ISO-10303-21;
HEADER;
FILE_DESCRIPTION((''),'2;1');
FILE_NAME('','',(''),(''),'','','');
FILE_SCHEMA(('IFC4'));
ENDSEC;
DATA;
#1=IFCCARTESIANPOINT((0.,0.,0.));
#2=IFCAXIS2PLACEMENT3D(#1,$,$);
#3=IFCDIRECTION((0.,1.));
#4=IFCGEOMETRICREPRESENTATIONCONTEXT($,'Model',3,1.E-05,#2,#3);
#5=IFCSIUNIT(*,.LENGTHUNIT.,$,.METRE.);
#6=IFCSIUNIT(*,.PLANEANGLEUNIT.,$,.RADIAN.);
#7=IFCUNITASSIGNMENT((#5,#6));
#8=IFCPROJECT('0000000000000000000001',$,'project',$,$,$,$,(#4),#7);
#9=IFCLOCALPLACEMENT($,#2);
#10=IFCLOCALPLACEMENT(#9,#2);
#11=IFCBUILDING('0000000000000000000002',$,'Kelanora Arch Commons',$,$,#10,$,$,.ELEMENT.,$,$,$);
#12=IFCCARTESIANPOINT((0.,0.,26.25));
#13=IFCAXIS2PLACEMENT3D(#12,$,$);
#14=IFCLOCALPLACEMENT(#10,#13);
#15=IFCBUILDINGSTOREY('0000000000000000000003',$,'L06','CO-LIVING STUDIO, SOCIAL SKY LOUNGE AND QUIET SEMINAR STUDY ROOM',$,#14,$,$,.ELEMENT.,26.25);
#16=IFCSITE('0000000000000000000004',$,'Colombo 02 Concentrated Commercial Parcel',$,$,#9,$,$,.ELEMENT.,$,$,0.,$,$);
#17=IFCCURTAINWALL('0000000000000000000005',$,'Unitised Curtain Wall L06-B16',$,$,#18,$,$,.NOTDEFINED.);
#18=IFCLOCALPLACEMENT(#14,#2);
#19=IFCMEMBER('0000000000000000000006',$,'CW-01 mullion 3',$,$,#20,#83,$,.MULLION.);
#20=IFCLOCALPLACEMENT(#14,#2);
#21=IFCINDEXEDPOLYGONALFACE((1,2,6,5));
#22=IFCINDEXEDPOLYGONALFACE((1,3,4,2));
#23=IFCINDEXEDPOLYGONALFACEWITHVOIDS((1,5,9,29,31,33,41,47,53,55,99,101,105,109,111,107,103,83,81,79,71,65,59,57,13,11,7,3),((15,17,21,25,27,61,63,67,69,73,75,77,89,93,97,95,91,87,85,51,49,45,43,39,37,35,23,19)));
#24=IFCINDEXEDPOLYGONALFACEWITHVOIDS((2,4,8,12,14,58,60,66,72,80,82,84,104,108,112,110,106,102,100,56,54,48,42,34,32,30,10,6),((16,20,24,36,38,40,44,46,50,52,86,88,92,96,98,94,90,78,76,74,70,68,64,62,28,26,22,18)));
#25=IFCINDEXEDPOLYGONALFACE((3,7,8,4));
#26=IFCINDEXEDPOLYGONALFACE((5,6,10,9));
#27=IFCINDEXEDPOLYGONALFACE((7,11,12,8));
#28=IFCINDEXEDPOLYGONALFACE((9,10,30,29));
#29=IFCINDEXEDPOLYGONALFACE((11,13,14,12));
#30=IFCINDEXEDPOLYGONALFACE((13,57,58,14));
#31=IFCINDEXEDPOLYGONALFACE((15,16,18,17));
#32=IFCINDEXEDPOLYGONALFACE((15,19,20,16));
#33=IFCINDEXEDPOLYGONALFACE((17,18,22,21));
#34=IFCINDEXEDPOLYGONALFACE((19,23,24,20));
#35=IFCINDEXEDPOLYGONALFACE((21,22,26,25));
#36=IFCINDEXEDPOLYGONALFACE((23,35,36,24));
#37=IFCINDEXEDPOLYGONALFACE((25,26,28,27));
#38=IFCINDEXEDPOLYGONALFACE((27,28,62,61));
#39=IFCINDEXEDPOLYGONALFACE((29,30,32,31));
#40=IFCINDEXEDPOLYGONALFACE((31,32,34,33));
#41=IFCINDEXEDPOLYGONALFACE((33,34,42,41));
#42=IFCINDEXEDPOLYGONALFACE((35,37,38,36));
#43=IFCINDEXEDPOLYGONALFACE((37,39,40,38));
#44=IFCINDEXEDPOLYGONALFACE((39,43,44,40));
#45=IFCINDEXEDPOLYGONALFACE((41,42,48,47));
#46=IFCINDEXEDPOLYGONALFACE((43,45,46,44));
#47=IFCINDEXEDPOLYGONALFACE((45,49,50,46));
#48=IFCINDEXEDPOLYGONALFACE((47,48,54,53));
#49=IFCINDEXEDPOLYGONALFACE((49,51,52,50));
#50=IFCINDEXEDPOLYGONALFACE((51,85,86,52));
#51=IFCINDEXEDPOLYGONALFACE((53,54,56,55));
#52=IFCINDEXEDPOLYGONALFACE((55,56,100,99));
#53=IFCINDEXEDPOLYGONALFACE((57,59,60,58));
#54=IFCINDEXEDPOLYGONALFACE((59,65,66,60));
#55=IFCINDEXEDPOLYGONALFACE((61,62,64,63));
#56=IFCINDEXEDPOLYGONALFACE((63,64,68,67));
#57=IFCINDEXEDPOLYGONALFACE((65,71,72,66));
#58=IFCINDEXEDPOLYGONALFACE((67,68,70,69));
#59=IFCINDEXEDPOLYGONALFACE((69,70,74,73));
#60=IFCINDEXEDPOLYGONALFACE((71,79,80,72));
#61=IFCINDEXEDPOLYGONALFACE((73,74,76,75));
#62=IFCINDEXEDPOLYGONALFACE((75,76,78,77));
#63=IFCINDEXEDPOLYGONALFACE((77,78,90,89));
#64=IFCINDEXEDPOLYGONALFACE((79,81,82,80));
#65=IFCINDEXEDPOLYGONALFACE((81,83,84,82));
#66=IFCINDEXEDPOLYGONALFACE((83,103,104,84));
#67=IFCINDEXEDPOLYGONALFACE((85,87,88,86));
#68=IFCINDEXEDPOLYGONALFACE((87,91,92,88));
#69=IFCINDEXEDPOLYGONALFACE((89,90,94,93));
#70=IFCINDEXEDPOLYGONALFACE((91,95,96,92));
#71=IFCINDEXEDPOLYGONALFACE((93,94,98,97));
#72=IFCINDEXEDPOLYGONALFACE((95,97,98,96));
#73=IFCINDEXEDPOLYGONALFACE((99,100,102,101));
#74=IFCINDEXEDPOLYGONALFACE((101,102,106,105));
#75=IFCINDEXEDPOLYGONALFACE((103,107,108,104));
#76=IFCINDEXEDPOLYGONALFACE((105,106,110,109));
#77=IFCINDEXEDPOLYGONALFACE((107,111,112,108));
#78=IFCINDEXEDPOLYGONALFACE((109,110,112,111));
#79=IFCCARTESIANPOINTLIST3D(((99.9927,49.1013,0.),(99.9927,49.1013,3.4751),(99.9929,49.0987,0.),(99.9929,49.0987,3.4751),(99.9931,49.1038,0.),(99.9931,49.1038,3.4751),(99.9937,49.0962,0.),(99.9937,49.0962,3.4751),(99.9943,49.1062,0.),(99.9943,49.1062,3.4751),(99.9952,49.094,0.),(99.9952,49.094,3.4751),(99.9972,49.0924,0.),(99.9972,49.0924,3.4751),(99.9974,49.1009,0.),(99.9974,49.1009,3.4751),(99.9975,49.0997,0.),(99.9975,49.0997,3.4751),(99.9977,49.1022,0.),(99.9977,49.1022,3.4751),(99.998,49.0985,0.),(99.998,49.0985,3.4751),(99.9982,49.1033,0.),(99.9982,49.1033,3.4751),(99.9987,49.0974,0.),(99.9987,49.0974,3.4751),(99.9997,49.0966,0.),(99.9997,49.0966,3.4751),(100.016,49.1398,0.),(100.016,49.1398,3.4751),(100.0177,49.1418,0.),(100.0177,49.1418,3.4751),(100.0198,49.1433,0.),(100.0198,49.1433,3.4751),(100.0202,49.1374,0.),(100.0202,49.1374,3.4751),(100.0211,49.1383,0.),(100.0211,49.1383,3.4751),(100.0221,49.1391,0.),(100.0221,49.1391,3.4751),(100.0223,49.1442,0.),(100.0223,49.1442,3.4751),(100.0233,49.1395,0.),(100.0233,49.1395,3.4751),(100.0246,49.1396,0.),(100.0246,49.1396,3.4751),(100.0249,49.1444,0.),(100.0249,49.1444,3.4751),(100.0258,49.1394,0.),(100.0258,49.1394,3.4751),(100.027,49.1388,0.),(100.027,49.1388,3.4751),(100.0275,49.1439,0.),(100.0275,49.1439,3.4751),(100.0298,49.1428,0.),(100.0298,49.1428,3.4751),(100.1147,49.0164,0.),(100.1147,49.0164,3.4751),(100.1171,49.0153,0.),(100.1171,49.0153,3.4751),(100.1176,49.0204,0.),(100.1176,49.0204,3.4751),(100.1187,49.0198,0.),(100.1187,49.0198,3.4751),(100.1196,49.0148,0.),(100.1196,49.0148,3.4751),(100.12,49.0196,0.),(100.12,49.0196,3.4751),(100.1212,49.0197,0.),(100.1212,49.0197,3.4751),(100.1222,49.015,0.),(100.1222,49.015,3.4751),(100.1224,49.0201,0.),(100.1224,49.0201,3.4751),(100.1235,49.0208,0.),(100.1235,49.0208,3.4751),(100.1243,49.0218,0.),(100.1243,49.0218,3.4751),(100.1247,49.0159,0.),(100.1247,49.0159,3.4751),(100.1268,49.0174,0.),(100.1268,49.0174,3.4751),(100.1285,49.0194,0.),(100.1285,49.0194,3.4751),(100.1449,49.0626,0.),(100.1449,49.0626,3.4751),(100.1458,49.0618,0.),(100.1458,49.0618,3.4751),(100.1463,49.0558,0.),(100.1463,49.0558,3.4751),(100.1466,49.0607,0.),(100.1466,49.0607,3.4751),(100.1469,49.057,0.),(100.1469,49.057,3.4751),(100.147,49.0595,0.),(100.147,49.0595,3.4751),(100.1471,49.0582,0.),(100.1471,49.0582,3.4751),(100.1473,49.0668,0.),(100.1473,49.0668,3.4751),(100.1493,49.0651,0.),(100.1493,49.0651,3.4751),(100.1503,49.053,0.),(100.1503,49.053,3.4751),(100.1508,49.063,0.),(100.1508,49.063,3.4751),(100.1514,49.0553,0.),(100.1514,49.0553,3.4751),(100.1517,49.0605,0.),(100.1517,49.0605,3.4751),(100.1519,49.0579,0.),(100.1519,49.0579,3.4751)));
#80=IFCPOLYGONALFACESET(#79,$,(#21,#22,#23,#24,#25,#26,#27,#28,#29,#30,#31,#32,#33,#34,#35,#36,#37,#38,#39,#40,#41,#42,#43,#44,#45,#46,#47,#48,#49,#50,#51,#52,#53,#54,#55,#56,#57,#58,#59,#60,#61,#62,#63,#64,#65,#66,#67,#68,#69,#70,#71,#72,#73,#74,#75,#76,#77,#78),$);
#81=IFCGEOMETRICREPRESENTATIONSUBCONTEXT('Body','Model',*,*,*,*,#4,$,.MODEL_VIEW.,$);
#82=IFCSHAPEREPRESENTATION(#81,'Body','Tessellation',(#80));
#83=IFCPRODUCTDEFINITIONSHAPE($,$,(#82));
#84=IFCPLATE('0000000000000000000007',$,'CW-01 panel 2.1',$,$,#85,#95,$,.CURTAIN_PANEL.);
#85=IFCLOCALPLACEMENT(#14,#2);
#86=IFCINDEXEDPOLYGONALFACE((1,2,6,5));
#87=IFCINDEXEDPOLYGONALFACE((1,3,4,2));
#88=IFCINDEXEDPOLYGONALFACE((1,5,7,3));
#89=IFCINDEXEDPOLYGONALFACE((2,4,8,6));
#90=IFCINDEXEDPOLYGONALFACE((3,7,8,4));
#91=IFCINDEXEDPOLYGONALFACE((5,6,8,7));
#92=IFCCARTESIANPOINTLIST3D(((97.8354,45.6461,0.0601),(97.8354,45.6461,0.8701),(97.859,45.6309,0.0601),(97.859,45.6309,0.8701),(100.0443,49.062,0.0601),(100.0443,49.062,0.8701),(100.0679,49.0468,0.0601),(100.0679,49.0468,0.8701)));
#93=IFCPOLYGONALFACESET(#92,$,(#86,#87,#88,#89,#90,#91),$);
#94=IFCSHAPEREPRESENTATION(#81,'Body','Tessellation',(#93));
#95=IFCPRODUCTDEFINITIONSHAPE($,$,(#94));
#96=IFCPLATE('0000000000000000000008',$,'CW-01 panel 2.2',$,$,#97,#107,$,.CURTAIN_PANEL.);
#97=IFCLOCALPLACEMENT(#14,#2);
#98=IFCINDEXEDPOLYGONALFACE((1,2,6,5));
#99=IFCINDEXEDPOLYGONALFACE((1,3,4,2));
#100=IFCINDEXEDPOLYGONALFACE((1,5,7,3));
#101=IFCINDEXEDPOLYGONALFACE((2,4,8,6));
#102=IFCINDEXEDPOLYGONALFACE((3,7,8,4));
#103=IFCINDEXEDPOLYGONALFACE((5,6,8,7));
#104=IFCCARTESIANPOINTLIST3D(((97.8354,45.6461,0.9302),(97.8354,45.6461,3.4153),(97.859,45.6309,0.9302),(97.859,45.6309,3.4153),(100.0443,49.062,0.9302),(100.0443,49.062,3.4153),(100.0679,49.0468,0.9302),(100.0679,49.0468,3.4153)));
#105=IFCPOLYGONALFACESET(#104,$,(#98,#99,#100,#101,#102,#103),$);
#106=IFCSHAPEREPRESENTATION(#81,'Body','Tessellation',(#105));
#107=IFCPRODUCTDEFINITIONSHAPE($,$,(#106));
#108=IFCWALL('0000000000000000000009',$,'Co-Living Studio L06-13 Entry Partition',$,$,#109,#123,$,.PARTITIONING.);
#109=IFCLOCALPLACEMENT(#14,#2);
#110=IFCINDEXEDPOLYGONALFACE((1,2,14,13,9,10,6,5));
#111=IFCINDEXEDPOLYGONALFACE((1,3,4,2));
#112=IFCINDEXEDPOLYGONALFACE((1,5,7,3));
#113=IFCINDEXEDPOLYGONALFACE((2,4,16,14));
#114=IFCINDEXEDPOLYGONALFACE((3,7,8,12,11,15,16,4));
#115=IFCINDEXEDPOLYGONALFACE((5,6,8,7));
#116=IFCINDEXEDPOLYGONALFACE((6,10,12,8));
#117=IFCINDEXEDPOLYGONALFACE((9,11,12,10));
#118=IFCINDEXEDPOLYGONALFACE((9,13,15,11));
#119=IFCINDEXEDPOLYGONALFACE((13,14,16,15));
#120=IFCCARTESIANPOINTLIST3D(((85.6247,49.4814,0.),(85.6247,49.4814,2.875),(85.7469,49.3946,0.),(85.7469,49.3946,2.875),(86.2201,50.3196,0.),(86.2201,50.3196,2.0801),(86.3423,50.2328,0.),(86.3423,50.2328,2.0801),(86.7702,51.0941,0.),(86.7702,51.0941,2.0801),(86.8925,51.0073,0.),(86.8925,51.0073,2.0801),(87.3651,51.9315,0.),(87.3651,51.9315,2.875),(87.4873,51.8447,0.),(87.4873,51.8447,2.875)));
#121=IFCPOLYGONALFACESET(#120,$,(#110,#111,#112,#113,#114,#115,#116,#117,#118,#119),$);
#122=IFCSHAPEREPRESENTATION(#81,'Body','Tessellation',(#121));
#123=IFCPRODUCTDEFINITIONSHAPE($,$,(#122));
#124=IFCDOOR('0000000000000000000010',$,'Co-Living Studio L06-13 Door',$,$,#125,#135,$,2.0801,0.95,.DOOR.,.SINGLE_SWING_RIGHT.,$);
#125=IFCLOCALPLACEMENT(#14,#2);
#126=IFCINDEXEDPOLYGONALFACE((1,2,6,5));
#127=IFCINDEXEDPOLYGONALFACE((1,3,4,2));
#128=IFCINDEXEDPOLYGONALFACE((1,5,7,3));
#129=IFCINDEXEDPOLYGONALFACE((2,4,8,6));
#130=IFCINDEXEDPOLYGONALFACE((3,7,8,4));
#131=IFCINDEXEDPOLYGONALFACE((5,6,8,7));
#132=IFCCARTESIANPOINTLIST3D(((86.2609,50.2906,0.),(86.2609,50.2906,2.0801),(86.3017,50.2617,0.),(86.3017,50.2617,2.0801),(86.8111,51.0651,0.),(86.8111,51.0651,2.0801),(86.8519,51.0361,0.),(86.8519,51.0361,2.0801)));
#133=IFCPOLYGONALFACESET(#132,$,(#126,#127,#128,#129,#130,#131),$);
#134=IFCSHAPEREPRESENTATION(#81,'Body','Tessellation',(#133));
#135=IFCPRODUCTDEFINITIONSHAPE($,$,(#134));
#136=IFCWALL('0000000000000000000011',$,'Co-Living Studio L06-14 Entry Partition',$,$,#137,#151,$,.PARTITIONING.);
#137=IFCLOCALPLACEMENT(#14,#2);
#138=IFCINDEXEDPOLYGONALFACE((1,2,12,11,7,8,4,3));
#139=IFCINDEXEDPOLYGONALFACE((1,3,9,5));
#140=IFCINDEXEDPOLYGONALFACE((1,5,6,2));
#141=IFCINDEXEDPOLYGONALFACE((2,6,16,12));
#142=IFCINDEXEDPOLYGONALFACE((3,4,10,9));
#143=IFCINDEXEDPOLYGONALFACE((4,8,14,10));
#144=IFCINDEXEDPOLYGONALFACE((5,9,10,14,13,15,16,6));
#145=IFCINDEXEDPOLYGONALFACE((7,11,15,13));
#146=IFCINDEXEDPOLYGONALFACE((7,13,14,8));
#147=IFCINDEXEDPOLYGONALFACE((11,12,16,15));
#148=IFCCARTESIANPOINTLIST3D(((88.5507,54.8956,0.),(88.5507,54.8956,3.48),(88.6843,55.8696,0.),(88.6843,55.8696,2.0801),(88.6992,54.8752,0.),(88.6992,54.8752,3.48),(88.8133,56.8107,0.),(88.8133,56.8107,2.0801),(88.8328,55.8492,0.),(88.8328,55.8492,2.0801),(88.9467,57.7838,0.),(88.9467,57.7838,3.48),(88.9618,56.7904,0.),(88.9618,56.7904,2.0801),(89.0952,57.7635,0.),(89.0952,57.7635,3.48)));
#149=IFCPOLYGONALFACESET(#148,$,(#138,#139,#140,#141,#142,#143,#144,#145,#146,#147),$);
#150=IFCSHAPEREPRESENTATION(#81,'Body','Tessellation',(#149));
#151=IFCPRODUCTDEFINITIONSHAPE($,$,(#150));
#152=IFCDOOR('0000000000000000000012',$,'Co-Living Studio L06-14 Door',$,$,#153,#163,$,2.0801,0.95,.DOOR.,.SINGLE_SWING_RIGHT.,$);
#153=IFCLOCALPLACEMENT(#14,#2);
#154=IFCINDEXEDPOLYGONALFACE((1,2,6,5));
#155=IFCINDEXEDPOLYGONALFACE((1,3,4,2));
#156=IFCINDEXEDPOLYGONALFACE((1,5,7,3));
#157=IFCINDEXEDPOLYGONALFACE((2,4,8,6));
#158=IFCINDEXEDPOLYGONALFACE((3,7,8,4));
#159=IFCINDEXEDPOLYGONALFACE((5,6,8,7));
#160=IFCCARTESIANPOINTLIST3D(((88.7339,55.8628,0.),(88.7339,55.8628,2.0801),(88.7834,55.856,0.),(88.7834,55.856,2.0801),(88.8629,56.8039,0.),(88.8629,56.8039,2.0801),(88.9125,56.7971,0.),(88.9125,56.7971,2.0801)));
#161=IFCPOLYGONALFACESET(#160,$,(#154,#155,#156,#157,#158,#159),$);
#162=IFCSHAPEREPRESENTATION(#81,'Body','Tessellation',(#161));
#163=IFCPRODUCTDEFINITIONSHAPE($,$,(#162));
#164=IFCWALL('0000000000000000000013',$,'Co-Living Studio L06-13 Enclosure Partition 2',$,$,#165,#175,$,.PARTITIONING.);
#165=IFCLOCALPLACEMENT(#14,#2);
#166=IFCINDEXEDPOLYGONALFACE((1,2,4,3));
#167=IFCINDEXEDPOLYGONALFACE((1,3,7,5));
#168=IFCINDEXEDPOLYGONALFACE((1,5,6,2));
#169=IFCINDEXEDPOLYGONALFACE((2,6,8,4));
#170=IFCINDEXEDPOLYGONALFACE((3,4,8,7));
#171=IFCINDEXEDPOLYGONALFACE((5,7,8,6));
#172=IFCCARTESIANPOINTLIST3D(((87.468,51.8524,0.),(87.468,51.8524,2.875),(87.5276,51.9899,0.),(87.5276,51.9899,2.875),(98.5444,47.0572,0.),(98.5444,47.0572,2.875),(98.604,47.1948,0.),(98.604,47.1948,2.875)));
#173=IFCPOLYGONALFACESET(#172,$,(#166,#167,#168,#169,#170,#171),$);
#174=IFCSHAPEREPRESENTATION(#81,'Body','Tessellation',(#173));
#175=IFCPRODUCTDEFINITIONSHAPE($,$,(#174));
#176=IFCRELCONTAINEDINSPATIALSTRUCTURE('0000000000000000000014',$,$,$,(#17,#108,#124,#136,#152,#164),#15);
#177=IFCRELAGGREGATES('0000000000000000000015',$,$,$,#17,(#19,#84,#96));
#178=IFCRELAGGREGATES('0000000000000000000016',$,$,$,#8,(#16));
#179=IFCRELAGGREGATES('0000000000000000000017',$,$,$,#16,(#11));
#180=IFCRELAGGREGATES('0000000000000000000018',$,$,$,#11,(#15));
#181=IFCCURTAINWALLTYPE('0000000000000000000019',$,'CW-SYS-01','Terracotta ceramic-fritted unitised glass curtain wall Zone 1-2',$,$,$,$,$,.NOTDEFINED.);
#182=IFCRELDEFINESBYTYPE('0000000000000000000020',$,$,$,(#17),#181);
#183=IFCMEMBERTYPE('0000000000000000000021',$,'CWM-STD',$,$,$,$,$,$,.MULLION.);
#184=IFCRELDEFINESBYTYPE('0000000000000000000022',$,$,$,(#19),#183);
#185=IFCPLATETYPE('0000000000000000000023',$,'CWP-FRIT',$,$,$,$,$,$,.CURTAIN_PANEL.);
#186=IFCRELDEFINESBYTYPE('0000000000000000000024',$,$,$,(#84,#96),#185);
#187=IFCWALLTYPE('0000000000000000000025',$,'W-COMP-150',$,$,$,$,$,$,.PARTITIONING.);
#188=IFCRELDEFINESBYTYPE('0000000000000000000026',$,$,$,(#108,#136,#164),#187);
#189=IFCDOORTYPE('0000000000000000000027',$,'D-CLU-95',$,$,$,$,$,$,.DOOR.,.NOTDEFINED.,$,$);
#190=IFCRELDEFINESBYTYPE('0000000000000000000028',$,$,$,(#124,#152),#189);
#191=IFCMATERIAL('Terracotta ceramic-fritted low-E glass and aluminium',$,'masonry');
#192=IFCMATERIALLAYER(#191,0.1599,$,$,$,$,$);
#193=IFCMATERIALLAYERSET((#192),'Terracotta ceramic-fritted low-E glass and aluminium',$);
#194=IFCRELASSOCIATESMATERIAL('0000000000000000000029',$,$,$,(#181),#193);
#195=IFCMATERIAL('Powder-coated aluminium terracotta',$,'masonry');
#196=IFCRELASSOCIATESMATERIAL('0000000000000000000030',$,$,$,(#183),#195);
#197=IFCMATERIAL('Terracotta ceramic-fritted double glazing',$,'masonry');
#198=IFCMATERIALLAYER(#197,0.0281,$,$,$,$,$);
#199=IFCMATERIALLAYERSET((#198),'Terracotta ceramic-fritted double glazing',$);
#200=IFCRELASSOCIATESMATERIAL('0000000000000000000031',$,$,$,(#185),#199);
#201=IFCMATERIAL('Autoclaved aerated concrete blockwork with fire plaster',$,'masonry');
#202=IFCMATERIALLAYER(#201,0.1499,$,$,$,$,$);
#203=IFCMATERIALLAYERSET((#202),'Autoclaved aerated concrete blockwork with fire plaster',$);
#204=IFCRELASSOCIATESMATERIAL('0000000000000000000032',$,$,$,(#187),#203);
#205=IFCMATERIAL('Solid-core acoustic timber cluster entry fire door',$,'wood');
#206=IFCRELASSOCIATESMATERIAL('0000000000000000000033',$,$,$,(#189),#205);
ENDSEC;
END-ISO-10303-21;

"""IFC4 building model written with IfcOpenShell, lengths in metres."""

from ifc_helpers import new_model, si_unit, direction, frame, frame_2d, origin, origin_2d, place, context, subcontext, project, spatial, rectangle, hollow_rectangle, extrude, source, transform, mapped, material, layer, layer_set, material_profile, profile_set, type_object, element, fill, aggregate, save


model = new_model("IFC4")

# Units and contexts
model_context = context("Model", 3, precision=1e-05, world=origin(), true_north=direction((0.0, 1.0)))
body_context = subcontext(model_context, "Body", "Model", "MODEL_VIEW")
ifc_project = project(units=[si_unit("LENGTHUNIT", "METRE"), si_unit("PLANEANGLEUNIT", "RADIAN")], contexts=[model_context])

# Site, building, storey
site_placement = place(None, origin())
site = spatial("IfcSite", under=ifc_project, at=site_placement, Name="Colombo 02 Concentrated Commercial Parcel", CompositionType="ELEMENT", RefElevation=0.0)
building_placement = place(site_placement, origin())
building = spatial("IfcBuilding", under=site, at=building_placement, Name="Kelanora Arch Commons", CompositionType="ELEMENT")
storey_placement = place(building_placement, frame((0.0, 0.0, 26.25)))
storey = spatial("IfcBuildingStorey", under=building, at=storey_placement, Name="L06", Description="CO-LIVING STUDIO, SOCIAL SKY LOUNGE AND QUIET SEMINAR STUDY ROOM", CompositionType="ELEMENT", Elevation=26.25)

# Curtain wall, member, plates
ifc_material_1 = material(Name="Terracotta ceramic-fritted low-E glass and aluminium", Category="masonry")
ifc_layer_1 = layer(ifc_material_1, 0.1599)
ifc_layer_set_1 = layer_set([ifc_layer_1], Name="Terracotta ceramic-fritted low-E glass and aluminium")
curtain_wall_type = type_object("IfcCurtainWallType", Name="CW-SYS-01", Description="Terracotta ceramic-fritted unitised glass curtain wall Zone 1-2", PredefinedType="NOTDEFINED", material=ifc_layer_set_1)
curtain_wall_placement = place(storey_placement, origin())
curtain_wall = element("IfcCurtainWall", 1, at=curtain_wall_placement, inside=storey, type_object=curtain_wall_type, Name="Unitised Curtain Wall L06-B16", PredefinedType="NOTDEFINED")
ifc_material_2 = material(Name="Powder-coated aluminium terracotta", Category="masonry")
ifc_material_profile_1 = material_profile(ifc_material_2, hollow_rectangle(XDim=0.1599, YDim=0.0601, WallThickness=0.0049, InnerFilletRadius=0.0049, OuterFilletRadius=0.01, at=origin_2d()), Name="CWM160x60")
ifc_profile_set_1 = profile_set([ifc_material_profile_1], Name="Powder-coated aluminium terracotta")
member_type = type_object("IfcMemberType", Name="CWM-STD", PredefinedType="MULLION", material=ifc_profile_set_1)
member_placement = place(storey_placement, frame((100.0723, 49.0796, 0.0), z_axis=(0.0, 0.0, 1.0), x_axis=(-0.83973, 0.543004, 0.0)))
member = element("IfcMember", 2, at=member_placement, type_object=member_type, Name="CW-01 mullion 3", PredefinedType="MULLION", context=body_context, shape_type="SweptSolid", body=[
    extrude(hollow_rectangle(XDim=0.1599, YDim=0.0601, WallThickness=0.0049, InnerFilletRadius=0.0049, OuterFilletRadius=0.01, at=origin_2d()), origin(), (0.0, 0.0, 1.0), 3.4751),
])
ifc_material_3 = material(Name="Terracotta ceramic-fritted double glazing", Category="masonry")
ifc_layer_2 = layer(ifc_material_3, 0.0281)
ifc_layer_set_2 = layer_set([ifc_layer_2], Name="Terracotta ceramic-fritted double glazing")
plate_type = type_object("IfcPlateType", Name="CWP-FRIT", PredefinedType="CURTAIN_PANEL", material=ifc_layer_set_2)
shared_shape_1 = source(origin(), body_context, "Body", "SweptSolid", [
    extrude(rectangle(XDim=4.0679, YDim=0.0281, at=origin_2d()), origin(), (0.0, 0.0, 1.0), 0.8101),
])
plate_1_placement = place(storey_placement, frame((98.9517, 47.3464, 0.0601), z_axis=(0.0, 0.0, 1.0), x_axis=(0.543004, 0.83973, 0.0)))
plate_1 = element("IfcPlate", 3, at=plate_1_placement, type_object=plate_type, Name="CW-01 panel 2.1", PredefinedType="CURTAIN_PANEL", context=body_context, shape_type="MappedRepresentation", body=[
    mapped(shared_shape_1, transform((0.0, 0.0, 0.0), scale=1.0)),
])
shared_shape_2 = source(origin(), body_context, "Body", "SweptSolid", [
    extrude(rectangle(XDim=4.0679, YDim=0.0281, at=origin_2d()), origin(), (0.0, 0.0, 1.0), 2.4851),
])
plate_2_placement = place(storey_placement, frame((98.9517, 47.3464, 0.9302), z_axis=(0.0, 0.0, 1.0), x_axis=(0.543004, 0.83973, 0.0)))
plate_2 = element("IfcPlate", 4, at=plate_2_placement, type_object=plate_type, Name="CW-01 panel 2.2", PredefinedType="CURTAIN_PANEL", context=body_context, shape_type="MappedRepresentation", body=[
    mapped(shared_shape_2, transform((0.0, 0.0, 0.0), scale=1.0)),
])
aggregate(curtain_wall, [member, plate_1, plate_2])

# Walls, openings, doors
ifc_material_4 = material(Name="Autoclaved aerated concrete blockwork with fire plaster", Category="masonry")
ifc_layer_3 = layer(ifc_material_4, 0.1499)
ifc_layer_set_3 = layer_set([ifc_layer_3], Name="Autoclaved aerated concrete blockwork with fire plaster")
wall_type_1 = type_object("IfcWallType", Name="W-COMP-150", PredefinedType="PARTITIONING", material=ifc_layer_set_3)
wall_1_placement = place(storey_placement, frame((85.6858, 49.438, 0.0), z_axis=(0.0, 0.0, 1.0), x_axis=(0.579108, 0.815251, 0.0)))
wall_1 = element("IfcWall", 5, at=wall_1_placement, inside=storey, type_object=wall_type_1, Name="Co-Living Studio L06-13 Entry Partition", PredefinedType="PARTITIONING", context=body_context, shape_type="SweptSolid", body=[
    extrude(rectangle(XDim=3.0054, YDim=0.1499, at=frame_2d((1.5027, 0.0))), origin(), (0.0, 0.0, 1.0), 2.875),
])
opening_1_placement = place(wall_1_placement, frame((1.0281, 0.0, 0.0)))
opening_1 = element("IfcOpeningElement", 6, at=opening_1_placement, cuts=wall_1, PredefinedType="OPENING", context=body_context, shape_type="SweptSolid", body=[
    extrude(rectangle(XDim=0.95, YDim=2.0801, at=frame_2d((0.4751, 1.04))), frame((0.0, 0.085, 0.0), z_axis=(0.0, -1.0, 0.0), x_axis=(1.0, 0.0, 0.0)), (0.0, 0.0, 1.0), 0.1699),
])
ifc_material_5 = material(Name="Solid-core acoustic timber cluster entry fire door", Category="wood")
door_type_1 = type_object("IfcDoorType", Name="D-CLU-95", OperationType="NOTDEFINED", PredefinedType="DOOR", material=ifc_material_5)
door_1_placement = place(opening_1_placement, origin())
door_1 = element("IfcDoor", 7, at=door_1_placement, inside=storey, type_object=door_type_1, Name="Co-Living Studio L06-13 Door", OperationType="SINGLE_SWING_RIGHT", OverallHeight=2.0801, OverallWidth=0.95, PredefinedType="DOOR", context=body_context, shape_type="SweptSolid", body=[
    extrude(rectangle(XDim=0.95, YDim=2.0801, at=frame_2d((0.4751, 1.04))), frame((0.0, 0.0249, 0.0), z_axis=(0.0, -1.0, 0.0), x_axis=(1.0, 0.0, 0.0)), (0.0, 0.0, 1.0), 0.05),
])
fill(opening_1, door_1)
wall_2_placement = place(storey_placement, frame((88.625, 54.8855, 0.0), z_axis=(0.0, 0.0, 1.0), x_axis=(0.135838, 0.990731, 0.0)))
wall_2 = element("IfcWall", 8, at=wall_2_placement, inside=storey, type_object=wall_type_1, Name="Co-Living Studio L06-14 Entry Partition", PredefinedType="PARTITIONING", context=body_context, shape_type="SweptSolid", body=[
    extrude(rectangle(XDim=2.9153, YDim=0.1499, at=frame_2d((1.4575, 0.0))), origin(), (0.0, 0.0, 1.0), 3.48),
])
opening_2_placement = place(wall_2_placement, frame((0.9829, 0.0, 0.0)))
opening_2 = element("IfcOpeningElement", 9, at=opening_2_placement, cuts=wall_2, PredefinedType="OPENING", context=body_context, shape_type="SweptSolid", body=[
    extrude(rectangle(XDim=0.95, YDim=2.0801, at=frame_2d((0.4751, 1.04))), frame((0.0, 0.085, 0.0), z_axis=(0.0, -1.0, 0.0), x_axis=(1.0, 0.0, 0.0)), (0.0, 0.0, 1.0), 0.1699),
])
door_2_placement = place(opening_2_placement, origin())
door_2 = element("IfcDoor", 10, at=door_2_placement, inside=storey, type_object=door_type_1, Name="Co-Living Studio L06-14 Door", OperationType="SINGLE_SWING_RIGHT", OverallHeight=2.0801, OverallWidth=0.95, PredefinedType="DOOR", context=body_context, shape_type="SweptSolid", body=[
    extrude(rectangle(XDim=0.95, YDim=2.0801, at=frame_2d((0.4751, 1.04))), frame((0.0, 0.0249, 0.0), z_axis=(0.0, -1.0, 0.0), x_axis=(1.0, 0.0, 0.0)), (0.0, 0.0, 1.0), 0.05),
])
fill(opening_2, door_2)

# Wall
wall_3_placement = place(storey_placement, frame((87.4978, 51.9211, 0.0), z_axis=(0.0, 0.0, 1.0), x_axis=(0.917695, -0.397286, 0.0)))
element("IfcWall", 11, at=wall_3_placement, inside=storey, type_object=wall_type_1, Name="Co-Living Studio L06-13 Enclosure Partition 2", PredefinedType="PARTITIONING", context=body_context, shape_type="SweptSolid", body=[
    extrude(rectangle(XDim=12.0698, YDim=0.1499, at=frame_2d((6.0349, 0.0))), origin(), (0.0, 0.0, 1.0), 2.875),
])

save(model, "model.ifc")
